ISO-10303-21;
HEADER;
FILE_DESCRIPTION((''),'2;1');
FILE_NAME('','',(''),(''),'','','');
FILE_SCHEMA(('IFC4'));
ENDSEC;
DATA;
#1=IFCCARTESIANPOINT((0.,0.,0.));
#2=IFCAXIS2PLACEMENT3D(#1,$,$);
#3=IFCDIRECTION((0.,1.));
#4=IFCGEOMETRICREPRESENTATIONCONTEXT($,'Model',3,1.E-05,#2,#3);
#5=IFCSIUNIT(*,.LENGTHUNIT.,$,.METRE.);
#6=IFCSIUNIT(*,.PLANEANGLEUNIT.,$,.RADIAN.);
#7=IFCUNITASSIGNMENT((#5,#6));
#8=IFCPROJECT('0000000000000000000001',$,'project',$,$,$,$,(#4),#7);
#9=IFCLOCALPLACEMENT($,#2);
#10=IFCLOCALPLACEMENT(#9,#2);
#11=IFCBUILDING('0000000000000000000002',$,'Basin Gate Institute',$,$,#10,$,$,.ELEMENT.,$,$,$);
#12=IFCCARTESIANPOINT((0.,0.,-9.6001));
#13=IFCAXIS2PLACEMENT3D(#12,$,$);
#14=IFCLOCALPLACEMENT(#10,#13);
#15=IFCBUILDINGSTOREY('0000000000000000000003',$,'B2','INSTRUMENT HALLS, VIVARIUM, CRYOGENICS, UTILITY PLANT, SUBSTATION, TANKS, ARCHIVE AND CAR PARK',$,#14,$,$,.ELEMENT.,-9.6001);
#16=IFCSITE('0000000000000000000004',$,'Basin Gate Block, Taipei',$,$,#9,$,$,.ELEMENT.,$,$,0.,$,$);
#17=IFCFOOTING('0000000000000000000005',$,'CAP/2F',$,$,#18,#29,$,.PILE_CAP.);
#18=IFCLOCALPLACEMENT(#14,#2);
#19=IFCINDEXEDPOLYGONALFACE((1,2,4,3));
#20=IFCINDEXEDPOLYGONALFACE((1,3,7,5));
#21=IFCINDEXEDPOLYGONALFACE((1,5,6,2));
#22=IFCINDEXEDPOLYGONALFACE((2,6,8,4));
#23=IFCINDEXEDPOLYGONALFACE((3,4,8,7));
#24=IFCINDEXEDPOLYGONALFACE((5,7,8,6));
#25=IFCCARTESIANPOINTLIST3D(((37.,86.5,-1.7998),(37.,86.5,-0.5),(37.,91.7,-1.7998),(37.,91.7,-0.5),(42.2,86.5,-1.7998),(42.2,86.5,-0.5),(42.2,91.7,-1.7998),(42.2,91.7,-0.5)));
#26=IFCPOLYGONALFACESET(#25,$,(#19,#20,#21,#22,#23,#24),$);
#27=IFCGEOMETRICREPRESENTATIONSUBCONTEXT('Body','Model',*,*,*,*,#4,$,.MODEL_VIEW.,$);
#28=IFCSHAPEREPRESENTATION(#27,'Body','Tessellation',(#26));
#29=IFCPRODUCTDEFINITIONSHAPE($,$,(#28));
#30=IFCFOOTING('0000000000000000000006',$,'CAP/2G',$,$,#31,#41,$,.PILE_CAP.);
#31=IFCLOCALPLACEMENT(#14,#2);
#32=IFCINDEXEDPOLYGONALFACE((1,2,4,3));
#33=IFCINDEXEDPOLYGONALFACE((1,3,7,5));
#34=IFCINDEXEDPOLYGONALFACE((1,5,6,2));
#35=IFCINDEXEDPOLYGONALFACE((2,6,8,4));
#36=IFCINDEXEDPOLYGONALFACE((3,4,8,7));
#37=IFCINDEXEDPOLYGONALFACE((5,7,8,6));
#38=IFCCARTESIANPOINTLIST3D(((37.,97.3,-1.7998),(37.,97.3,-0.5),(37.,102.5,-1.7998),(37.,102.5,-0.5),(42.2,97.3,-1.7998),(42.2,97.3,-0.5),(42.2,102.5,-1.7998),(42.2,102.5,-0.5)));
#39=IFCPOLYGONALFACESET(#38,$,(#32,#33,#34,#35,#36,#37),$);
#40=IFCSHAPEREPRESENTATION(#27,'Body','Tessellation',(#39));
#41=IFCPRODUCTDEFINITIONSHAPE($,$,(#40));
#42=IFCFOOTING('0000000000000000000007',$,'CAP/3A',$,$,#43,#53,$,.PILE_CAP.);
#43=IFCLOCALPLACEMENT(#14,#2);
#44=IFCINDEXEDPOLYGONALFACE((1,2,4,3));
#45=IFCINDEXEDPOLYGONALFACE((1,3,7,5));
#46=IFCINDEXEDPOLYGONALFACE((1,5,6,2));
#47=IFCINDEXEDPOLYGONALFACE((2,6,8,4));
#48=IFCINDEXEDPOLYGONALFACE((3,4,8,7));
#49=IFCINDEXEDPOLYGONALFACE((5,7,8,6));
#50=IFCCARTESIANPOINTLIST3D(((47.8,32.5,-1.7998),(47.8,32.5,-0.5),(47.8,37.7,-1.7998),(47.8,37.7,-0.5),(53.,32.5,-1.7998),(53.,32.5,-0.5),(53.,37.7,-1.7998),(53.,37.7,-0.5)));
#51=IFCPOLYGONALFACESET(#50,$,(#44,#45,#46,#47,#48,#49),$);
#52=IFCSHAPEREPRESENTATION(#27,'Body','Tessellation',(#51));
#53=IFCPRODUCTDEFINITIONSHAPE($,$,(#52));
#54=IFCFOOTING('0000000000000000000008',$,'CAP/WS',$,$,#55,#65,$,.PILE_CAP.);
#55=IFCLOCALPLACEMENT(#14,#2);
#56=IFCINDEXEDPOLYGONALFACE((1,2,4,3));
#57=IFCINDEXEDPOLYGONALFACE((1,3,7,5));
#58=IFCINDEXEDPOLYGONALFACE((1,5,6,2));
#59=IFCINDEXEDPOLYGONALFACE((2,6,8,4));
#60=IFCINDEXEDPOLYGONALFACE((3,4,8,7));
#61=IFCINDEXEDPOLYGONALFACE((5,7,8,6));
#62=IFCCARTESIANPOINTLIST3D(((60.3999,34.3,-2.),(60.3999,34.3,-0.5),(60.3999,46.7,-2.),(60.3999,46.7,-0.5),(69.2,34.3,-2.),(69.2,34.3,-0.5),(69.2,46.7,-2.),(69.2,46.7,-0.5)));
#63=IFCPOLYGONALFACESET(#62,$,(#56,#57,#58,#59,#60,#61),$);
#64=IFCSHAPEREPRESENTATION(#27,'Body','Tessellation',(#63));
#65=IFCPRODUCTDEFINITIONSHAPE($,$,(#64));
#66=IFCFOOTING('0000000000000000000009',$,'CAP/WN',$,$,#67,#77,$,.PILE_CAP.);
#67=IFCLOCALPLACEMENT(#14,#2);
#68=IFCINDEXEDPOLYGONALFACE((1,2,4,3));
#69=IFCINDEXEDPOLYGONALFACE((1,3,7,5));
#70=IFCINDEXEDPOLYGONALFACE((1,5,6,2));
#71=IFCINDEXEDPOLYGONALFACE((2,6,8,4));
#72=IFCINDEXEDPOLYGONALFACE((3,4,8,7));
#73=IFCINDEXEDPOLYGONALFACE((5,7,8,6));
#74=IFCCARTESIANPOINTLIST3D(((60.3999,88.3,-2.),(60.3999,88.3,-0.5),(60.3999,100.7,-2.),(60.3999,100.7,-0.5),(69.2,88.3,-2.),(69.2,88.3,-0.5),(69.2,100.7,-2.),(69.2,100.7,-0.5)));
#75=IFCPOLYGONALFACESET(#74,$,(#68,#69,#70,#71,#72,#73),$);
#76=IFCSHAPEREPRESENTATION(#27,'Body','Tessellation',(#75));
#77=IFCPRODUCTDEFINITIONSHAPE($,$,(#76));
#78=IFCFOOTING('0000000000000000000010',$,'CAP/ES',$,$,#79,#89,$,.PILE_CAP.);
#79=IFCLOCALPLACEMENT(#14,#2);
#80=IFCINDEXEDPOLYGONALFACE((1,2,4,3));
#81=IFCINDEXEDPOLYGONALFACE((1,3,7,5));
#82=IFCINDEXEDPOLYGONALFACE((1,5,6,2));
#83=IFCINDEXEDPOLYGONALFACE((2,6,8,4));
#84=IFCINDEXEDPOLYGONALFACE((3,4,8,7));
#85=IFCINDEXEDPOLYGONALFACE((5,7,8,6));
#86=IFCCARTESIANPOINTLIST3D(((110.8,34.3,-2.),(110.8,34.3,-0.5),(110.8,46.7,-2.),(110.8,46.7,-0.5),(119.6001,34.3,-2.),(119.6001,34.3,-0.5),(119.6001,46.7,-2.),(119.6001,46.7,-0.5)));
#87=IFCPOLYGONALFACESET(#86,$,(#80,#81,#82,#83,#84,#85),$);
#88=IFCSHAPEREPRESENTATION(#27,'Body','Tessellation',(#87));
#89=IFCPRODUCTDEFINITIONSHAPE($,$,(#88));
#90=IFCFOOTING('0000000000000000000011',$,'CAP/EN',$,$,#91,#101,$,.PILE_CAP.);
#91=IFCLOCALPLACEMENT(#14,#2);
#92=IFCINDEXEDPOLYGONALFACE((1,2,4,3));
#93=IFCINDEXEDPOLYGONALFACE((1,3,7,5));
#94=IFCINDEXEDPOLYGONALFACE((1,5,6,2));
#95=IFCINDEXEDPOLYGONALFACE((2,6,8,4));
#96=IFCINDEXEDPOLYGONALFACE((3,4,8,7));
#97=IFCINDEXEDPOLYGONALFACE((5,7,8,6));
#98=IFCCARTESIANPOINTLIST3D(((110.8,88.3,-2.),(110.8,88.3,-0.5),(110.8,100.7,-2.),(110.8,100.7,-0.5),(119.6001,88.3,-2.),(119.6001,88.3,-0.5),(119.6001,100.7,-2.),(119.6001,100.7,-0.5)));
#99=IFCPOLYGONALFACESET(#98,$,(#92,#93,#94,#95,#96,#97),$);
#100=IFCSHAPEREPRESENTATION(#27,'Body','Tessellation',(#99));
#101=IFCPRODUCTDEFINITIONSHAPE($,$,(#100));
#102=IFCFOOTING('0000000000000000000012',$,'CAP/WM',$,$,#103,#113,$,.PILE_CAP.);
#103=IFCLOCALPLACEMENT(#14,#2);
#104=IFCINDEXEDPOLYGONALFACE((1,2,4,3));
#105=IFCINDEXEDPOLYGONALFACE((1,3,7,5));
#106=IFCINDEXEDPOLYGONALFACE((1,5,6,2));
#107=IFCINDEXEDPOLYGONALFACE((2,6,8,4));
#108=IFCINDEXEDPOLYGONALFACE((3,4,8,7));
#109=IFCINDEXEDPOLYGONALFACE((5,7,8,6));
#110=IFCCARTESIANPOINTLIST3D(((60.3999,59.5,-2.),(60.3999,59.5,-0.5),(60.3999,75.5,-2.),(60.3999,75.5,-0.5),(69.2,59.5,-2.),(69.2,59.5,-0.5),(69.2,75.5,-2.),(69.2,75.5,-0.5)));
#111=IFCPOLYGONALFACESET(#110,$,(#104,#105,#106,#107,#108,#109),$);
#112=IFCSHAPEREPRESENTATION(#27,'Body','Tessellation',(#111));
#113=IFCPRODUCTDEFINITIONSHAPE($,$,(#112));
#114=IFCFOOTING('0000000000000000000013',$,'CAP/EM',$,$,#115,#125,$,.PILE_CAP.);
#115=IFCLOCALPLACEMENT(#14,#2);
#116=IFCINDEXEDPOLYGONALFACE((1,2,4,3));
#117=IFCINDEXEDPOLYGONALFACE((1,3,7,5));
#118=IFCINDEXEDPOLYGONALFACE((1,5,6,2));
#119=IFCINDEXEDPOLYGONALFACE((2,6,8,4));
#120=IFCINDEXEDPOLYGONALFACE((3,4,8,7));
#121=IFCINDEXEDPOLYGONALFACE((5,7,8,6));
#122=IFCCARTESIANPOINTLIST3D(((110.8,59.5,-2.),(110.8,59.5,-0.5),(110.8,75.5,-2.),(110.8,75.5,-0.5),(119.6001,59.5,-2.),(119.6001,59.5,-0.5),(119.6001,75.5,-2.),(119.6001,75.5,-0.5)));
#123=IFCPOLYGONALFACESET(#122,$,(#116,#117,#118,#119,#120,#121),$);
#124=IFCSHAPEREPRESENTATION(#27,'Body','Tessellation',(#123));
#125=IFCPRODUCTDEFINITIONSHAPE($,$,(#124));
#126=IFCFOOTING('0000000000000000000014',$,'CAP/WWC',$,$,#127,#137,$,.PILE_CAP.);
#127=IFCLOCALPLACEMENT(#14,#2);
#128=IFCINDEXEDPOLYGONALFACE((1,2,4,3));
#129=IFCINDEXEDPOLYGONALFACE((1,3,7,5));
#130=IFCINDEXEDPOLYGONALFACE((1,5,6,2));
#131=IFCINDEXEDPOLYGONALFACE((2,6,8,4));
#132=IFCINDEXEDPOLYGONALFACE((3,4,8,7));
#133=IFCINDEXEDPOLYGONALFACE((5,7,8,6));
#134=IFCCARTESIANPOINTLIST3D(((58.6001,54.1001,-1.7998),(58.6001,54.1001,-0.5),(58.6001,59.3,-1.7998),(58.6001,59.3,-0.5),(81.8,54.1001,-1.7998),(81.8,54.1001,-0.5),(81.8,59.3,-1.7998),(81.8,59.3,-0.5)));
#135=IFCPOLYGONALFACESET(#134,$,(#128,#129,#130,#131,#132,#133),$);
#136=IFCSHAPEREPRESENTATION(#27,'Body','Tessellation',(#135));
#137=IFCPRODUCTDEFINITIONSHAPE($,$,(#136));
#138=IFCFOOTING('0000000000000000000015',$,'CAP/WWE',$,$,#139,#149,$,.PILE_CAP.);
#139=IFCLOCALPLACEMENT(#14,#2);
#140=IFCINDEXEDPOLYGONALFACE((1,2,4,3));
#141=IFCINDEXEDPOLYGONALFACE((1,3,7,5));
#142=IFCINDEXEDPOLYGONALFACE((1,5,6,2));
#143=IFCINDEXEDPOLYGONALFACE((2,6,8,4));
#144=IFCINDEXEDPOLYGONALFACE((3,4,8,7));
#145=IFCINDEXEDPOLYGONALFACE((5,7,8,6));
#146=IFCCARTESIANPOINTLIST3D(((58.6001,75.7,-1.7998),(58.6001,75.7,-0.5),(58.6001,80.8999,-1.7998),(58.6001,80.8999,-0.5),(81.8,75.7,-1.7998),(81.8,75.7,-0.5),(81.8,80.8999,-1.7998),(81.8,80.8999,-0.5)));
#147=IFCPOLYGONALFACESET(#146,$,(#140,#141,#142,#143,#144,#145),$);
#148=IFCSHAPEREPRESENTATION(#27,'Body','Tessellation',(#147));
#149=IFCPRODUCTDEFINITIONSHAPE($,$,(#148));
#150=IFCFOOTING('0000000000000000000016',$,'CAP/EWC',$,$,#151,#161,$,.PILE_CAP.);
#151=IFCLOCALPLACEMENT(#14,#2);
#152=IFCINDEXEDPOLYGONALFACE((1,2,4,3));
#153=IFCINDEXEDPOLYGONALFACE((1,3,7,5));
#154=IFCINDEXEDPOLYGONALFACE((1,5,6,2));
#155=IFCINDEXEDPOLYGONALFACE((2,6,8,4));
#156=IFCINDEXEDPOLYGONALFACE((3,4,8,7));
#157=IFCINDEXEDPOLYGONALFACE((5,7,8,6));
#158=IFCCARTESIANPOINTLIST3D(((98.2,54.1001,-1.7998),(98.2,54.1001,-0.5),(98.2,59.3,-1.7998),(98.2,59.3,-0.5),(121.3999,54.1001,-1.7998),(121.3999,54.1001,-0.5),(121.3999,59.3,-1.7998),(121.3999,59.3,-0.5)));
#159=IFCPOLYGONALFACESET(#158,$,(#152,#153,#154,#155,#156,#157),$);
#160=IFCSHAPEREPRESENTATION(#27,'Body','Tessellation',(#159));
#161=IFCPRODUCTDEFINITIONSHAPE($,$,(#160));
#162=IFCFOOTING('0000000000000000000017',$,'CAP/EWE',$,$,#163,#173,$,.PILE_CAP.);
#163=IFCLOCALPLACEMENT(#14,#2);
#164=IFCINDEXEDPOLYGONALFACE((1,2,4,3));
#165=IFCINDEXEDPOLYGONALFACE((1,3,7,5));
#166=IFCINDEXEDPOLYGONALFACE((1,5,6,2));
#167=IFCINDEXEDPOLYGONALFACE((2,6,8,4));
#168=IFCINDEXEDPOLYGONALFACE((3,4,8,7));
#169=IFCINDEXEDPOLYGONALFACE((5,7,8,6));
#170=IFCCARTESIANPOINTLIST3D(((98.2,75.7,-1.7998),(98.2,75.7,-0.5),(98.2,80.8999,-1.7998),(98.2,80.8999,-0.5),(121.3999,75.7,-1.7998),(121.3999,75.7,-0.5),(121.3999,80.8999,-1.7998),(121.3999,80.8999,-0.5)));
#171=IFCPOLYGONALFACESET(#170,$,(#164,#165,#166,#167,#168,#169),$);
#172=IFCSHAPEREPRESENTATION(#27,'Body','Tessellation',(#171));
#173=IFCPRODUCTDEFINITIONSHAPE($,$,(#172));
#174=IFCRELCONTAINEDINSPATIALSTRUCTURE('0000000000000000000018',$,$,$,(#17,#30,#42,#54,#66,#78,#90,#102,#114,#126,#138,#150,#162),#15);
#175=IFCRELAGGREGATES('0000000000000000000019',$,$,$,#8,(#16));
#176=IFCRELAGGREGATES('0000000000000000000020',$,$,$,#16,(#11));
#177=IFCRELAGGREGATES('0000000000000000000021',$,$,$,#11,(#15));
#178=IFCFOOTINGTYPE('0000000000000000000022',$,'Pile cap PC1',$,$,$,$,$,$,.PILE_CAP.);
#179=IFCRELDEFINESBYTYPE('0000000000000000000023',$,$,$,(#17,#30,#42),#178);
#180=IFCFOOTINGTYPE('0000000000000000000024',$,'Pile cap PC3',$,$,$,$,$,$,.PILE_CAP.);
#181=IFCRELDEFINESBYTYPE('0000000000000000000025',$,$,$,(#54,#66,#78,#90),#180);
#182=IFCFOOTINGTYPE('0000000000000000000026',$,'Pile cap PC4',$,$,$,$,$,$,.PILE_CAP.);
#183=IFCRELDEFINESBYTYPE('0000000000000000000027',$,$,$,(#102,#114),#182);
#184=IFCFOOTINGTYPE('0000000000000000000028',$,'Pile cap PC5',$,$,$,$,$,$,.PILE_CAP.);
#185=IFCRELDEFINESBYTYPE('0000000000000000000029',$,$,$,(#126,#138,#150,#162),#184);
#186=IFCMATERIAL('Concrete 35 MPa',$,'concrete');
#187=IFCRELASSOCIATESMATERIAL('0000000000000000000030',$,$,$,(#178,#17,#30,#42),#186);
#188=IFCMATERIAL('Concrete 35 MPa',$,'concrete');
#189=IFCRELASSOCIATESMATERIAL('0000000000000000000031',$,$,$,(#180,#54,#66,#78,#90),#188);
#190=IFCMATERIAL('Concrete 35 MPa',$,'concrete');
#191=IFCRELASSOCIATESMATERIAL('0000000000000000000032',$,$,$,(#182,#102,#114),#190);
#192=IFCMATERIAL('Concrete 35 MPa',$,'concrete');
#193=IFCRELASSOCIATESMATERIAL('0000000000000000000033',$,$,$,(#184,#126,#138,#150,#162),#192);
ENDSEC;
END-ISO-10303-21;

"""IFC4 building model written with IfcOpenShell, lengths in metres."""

from ifc_helpers import new_model, si_unit, direction, frame, origin, place, context, subcontext, project, spatial, polyline, outline, extrude, material, type_object, element, save


model = new_model("IFC4")

# Units and contexts
model_context = context("Model", 3, precision=1e-05, world=origin(), true_north=direction((0.0, 1.0)))
body_context = subcontext(model_context, "Body", "Model", "MODEL_VIEW")
ifc_project = project(units=[si_unit("LENGTHUNIT", "METRE"), si_unit("PLANEANGLEUNIT", "RADIAN")], contexts=[model_context])

# Site, building, storey
site_placement = place(None, origin())
site = spatial("IfcSite", under=ifc_project, at=site_placement, Name="Basin Gate Block, Taipei", CompositionType="ELEMENT", RefElevation=0.0)
building_placement = place(site_placement, origin())
building = spatial("IfcBuilding", under=site, at=building_placement, Name="Basin Gate Institute", CompositionType="ELEMENT")
storey_placement = place(building_placement, frame((0.0, 0.0, -9.6001)))
storey = spatial("IfcBuildingStorey", under=building, at=storey_placement, Name="B2", Description="INSTRUMENT HALLS, VIVARIUM, CRYOGENICS, UTILITY PLANT, SUBSTATION, TANKS, ARCHIVE AND CAR PARK", CompositionType="ELEMENT", Elevation=-9.6001)

# Footings
ifc_material_1 = material(Name="Concrete 35 MPa", Category="concrete")
footing_type_1 = type_object("IfcFootingType", Name="Pile cap PC1", PredefinedType="PILE_CAP", material=ifc_material_1)
footing_1_placement = place(storey_placement, frame((0.0, 0.0, -1.7998)))
element("IfcFooting", 1, at=footing_1_placement, inside=storey, type_object=footing_type_1, material=ifc_material_1, Name="CAP/2F", PredefinedType="PILE_CAP", context=body_context, shape_type="SweptSolid", body=[
    extrude(outline(polyline([(37.0, 86.5), (42.2, 86.5), (42.2, 91.7), (37.0, 91.7), (37.0, 86.5)])), origin(), (0.0, 0.0, 1.0), 1.2998),
])
footing_2_placement = place(storey_placement, frame((0.0, 0.0, -1.7998)))
element("IfcFooting", 2, at=footing_2_placement, inside=storey, type_object=footing_type_1, material=ifc_material_1, Name="CAP/2G", PredefinedType="PILE_CAP", context=body_context, shape_type="SweptSolid", body=[
    extrude(outline(polyline([(37.0, 97.3), (42.2, 97.3), (42.2, 102.5), (37.0, 102.5), (37.0, 97.3)])), origin(), (0.0, 0.0, 1.0), 1.2998),
])
footing_3_placement = place(storey_placement, frame((0.0, 0.0, -1.7998)))
element("IfcFooting", 3, at=footing_3_placement, inside=storey, type_object=footing_type_1, material=ifc_material_1, Name="CAP/3A", PredefinedType="PILE_CAP", context=body_context, shape_type="SweptSolid", body=[
    extrude(outline(polyline([(47.8, 32.5), (53.0, 32.5), (53.0, 37.7), (47.8, 37.7), (47.8, 32.5)])), origin(), (0.0, 0.0, 1.0), 1.2998),
])
ifc_material_2 = material(Name="Concrete 35 MPa", Category="concrete")
footing_type_2 = type_object("IfcFootingType", Name="Pile cap PC3", PredefinedType="PILE_CAP", material=ifc_material_2)
footing_4_placement = place(storey_placement, frame((0.0, 0.0, -2.0)))
element("IfcFooting", 4, at=footing_4_placement, inside=storey, type_object=footing_type_2, material=ifc_material_2, Name="CAP/WS", PredefinedType="PILE_CAP", context=body_context, shape_type="SweptSolid", body=[
    extrude(outline(polyline([(60.3999, 34.3), (69.2, 34.3), (69.2, 46.7), (60.3999, 46.7), (60.3999, 34.3)])), origin(), (0.0, 0.0, 1.0), 1.5),
])
footing_5_placement = place(storey_placement, frame((0.0, 0.0, -2.0)))
element("IfcFooting", 5, at=footing_5_placement, inside=storey, type_object=footing_type_2, material=ifc_material_2, Name="CAP/WN", PredefinedType="PILE_CAP", context=body_context, shape_type="SweptSolid", body=[
    extrude(outline(polyline([(60.3999, 88.3), (69.2, 88.3), (69.2, 100.7), (60.3999, 100.7), (60.3999, 88.3)])), origin(), (0.0, 0.0, 1.0), 1.5),
])
footing_6_placement = place(storey_placement, frame((0.0, 0.0, -2.0)))
element("IfcFooting", 6, at=footing_6_placement, inside=storey, type_object=footing_type_2, material=ifc_material_2, Name="CAP/ES", PredefinedType="PILE_CAP", context=body_context, shape_type="SweptSolid", body=[
    extrude(outline(polyline([(110.8, 34.3), (119.6001, 34.3), (119.6001, 46.7), (110.8, 46.7), (110.8, 34.3)])), origin(), (0.0, 0.0, 1.0), 1.5),
])
footing_7_placement = place(storey_placement, frame((0.0, 0.0, -2.0)))
element("IfcFooting", 7, at=footing_7_placement, inside=storey, type_object=footing_type_2, material=ifc_material_2, Name="CAP/EN", PredefinedType="PILE_CAP", context=body_context, shape_type="SweptSolid", body=[
    extrude(outline(polyline([(110.8, 88.3), (119.6001, 88.3), (119.6001, 100.7), (110.8, 100.7), (110.8, 88.3)])), origin(), (0.0, 0.0, 1.0), 1.5),
])
ifc_material_3 = material(Name="Concrete 35 MPa", Category="concrete")
footing_type_3 = type_object("IfcFootingType", Name="Pile cap PC4", PredefinedType="PILE_CAP", material=ifc_material_3)
footing_8_placement = place(storey_placement, frame((0.0, 0.0, -2.0)))
element("IfcFooting", 8, at=footing_8_placement, inside=storey, type_object=footing_type_3, material=ifc_material_3, Name="CAP/WM", PredefinedType="PILE_CAP", context=body_context, shape_type="SweptSolid", body=[
    extrude(outline(polyline([(60.3999, 59.5), (69.2, 59.5), (69.2, 75.5), (60.3999, 75.5), (60.3999, 59.5)])), origin(), (0.0, 0.0, 1.0), 1.5),
])
footing_9_placement = place(storey_placement, frame((0.0, 0.0, -2.0)))
element("IfcFooting", 9, at=footing_9_placement, inside=storey, type_object=footing_type_3, material=ifc_material_3, Name="CAP/EM", PredefinedType="PILE_CAP", context=body_context, shape_type="SweptSolid", body=[
    extrude(outline(polyline([(110.8, 59.5), (119.6001, 59.5), (119.6001, 75.5), (110.8, 75.5), (110.8, 59.5)])), origin(), (0.0, 0.0, 1.0), 1.5),
])
ifc_material_4 = material(Name="Concrete 35 MPa", Category="concrete")
footing_type_4 = type_object("IfcFootingType", Name="Pile cap PC5", PredefinedType="PILE_CAP", material=ifc_material_4)
footing_10_placement = place(storey_placement, frame((0.0, 0.0, -1.7998)))
element("IfcFooting", 10, at=footing_10_placement, inside=storey, type_object=footing_type_4, material=ifc_material_4, Name="CAP/WWC", PredefinedType="PILE_CAP", context=body_context, shape_type="SweptSolid", body=[
    extrude(outline(polyline([(58.6001, 54.1001), (81.8, 54.1001), (81.8, 59.3), (58.6001, 59.3), (58.6001, 54.1001)])), origin(), (0.0, 0.0, 1.0), 1.2998),
])
footing_11_placement = place(storey_placement, frame((0.0, 0.0, -1.7998)))
element("IfcFooting", 11, at=footing_11_placement, inside=storey, type_object=footing_type_4, material=ifc_material_4, Name="CAP/WWE", PredefinedType="PILE_CAP", context=body_context, shape_type="SweptSolid", body=[
    extrude(outline(polyline([(58.6001, 75.7), (81.8, 75.7), (81.8, 80.8999), (58.6001, 80.8999), (58.6001, 75.7)])), origin(), (0.0, 0.0, 1.0), 1.2998),
])
footing_12_placement = place(storey_placement, frame((0.0, 0.0, -1.7998)))
element("IfcFooting", 12, at=footing_12_placement, inside=storey, type_object=footing_type_4, material=ifc_material_4, Name="CAP/EWC", PredefinedType="PILE_CAP", context=body_context, shape_type="SweptSolid", body=[
    extrude(outline(polyline([(98.2, 54.1001), (121.3999, 54.1001), (121.3999, 59.3), (98.2, 59.3), (98.2, 54.1001)])), origin(), (0.0, 0.0, 1.0), 1.2998),
])
footing_13_placement = place(storey_placement, frame((0.0, 0.0, -1.7998)))
element("IfcFooting", 13, at=footing_13_placement, inside=storey, type_object=footing_type_4, material=ifc_material_4, Name="CAP/EWE", PredefinedType="PILE_CAP", context=body_context, shape_type="SweptSolid", body=[
    extrude(outline(polyline([(98.2, 75.7), (121.3999, 75.7), (121.3999, 80.8999), (98.2, 80.8999), (98.2, 75.7)])), origin(), (0.0, 0.0, 1.0), 1.2998),
])

save(model, "model.ifc")
